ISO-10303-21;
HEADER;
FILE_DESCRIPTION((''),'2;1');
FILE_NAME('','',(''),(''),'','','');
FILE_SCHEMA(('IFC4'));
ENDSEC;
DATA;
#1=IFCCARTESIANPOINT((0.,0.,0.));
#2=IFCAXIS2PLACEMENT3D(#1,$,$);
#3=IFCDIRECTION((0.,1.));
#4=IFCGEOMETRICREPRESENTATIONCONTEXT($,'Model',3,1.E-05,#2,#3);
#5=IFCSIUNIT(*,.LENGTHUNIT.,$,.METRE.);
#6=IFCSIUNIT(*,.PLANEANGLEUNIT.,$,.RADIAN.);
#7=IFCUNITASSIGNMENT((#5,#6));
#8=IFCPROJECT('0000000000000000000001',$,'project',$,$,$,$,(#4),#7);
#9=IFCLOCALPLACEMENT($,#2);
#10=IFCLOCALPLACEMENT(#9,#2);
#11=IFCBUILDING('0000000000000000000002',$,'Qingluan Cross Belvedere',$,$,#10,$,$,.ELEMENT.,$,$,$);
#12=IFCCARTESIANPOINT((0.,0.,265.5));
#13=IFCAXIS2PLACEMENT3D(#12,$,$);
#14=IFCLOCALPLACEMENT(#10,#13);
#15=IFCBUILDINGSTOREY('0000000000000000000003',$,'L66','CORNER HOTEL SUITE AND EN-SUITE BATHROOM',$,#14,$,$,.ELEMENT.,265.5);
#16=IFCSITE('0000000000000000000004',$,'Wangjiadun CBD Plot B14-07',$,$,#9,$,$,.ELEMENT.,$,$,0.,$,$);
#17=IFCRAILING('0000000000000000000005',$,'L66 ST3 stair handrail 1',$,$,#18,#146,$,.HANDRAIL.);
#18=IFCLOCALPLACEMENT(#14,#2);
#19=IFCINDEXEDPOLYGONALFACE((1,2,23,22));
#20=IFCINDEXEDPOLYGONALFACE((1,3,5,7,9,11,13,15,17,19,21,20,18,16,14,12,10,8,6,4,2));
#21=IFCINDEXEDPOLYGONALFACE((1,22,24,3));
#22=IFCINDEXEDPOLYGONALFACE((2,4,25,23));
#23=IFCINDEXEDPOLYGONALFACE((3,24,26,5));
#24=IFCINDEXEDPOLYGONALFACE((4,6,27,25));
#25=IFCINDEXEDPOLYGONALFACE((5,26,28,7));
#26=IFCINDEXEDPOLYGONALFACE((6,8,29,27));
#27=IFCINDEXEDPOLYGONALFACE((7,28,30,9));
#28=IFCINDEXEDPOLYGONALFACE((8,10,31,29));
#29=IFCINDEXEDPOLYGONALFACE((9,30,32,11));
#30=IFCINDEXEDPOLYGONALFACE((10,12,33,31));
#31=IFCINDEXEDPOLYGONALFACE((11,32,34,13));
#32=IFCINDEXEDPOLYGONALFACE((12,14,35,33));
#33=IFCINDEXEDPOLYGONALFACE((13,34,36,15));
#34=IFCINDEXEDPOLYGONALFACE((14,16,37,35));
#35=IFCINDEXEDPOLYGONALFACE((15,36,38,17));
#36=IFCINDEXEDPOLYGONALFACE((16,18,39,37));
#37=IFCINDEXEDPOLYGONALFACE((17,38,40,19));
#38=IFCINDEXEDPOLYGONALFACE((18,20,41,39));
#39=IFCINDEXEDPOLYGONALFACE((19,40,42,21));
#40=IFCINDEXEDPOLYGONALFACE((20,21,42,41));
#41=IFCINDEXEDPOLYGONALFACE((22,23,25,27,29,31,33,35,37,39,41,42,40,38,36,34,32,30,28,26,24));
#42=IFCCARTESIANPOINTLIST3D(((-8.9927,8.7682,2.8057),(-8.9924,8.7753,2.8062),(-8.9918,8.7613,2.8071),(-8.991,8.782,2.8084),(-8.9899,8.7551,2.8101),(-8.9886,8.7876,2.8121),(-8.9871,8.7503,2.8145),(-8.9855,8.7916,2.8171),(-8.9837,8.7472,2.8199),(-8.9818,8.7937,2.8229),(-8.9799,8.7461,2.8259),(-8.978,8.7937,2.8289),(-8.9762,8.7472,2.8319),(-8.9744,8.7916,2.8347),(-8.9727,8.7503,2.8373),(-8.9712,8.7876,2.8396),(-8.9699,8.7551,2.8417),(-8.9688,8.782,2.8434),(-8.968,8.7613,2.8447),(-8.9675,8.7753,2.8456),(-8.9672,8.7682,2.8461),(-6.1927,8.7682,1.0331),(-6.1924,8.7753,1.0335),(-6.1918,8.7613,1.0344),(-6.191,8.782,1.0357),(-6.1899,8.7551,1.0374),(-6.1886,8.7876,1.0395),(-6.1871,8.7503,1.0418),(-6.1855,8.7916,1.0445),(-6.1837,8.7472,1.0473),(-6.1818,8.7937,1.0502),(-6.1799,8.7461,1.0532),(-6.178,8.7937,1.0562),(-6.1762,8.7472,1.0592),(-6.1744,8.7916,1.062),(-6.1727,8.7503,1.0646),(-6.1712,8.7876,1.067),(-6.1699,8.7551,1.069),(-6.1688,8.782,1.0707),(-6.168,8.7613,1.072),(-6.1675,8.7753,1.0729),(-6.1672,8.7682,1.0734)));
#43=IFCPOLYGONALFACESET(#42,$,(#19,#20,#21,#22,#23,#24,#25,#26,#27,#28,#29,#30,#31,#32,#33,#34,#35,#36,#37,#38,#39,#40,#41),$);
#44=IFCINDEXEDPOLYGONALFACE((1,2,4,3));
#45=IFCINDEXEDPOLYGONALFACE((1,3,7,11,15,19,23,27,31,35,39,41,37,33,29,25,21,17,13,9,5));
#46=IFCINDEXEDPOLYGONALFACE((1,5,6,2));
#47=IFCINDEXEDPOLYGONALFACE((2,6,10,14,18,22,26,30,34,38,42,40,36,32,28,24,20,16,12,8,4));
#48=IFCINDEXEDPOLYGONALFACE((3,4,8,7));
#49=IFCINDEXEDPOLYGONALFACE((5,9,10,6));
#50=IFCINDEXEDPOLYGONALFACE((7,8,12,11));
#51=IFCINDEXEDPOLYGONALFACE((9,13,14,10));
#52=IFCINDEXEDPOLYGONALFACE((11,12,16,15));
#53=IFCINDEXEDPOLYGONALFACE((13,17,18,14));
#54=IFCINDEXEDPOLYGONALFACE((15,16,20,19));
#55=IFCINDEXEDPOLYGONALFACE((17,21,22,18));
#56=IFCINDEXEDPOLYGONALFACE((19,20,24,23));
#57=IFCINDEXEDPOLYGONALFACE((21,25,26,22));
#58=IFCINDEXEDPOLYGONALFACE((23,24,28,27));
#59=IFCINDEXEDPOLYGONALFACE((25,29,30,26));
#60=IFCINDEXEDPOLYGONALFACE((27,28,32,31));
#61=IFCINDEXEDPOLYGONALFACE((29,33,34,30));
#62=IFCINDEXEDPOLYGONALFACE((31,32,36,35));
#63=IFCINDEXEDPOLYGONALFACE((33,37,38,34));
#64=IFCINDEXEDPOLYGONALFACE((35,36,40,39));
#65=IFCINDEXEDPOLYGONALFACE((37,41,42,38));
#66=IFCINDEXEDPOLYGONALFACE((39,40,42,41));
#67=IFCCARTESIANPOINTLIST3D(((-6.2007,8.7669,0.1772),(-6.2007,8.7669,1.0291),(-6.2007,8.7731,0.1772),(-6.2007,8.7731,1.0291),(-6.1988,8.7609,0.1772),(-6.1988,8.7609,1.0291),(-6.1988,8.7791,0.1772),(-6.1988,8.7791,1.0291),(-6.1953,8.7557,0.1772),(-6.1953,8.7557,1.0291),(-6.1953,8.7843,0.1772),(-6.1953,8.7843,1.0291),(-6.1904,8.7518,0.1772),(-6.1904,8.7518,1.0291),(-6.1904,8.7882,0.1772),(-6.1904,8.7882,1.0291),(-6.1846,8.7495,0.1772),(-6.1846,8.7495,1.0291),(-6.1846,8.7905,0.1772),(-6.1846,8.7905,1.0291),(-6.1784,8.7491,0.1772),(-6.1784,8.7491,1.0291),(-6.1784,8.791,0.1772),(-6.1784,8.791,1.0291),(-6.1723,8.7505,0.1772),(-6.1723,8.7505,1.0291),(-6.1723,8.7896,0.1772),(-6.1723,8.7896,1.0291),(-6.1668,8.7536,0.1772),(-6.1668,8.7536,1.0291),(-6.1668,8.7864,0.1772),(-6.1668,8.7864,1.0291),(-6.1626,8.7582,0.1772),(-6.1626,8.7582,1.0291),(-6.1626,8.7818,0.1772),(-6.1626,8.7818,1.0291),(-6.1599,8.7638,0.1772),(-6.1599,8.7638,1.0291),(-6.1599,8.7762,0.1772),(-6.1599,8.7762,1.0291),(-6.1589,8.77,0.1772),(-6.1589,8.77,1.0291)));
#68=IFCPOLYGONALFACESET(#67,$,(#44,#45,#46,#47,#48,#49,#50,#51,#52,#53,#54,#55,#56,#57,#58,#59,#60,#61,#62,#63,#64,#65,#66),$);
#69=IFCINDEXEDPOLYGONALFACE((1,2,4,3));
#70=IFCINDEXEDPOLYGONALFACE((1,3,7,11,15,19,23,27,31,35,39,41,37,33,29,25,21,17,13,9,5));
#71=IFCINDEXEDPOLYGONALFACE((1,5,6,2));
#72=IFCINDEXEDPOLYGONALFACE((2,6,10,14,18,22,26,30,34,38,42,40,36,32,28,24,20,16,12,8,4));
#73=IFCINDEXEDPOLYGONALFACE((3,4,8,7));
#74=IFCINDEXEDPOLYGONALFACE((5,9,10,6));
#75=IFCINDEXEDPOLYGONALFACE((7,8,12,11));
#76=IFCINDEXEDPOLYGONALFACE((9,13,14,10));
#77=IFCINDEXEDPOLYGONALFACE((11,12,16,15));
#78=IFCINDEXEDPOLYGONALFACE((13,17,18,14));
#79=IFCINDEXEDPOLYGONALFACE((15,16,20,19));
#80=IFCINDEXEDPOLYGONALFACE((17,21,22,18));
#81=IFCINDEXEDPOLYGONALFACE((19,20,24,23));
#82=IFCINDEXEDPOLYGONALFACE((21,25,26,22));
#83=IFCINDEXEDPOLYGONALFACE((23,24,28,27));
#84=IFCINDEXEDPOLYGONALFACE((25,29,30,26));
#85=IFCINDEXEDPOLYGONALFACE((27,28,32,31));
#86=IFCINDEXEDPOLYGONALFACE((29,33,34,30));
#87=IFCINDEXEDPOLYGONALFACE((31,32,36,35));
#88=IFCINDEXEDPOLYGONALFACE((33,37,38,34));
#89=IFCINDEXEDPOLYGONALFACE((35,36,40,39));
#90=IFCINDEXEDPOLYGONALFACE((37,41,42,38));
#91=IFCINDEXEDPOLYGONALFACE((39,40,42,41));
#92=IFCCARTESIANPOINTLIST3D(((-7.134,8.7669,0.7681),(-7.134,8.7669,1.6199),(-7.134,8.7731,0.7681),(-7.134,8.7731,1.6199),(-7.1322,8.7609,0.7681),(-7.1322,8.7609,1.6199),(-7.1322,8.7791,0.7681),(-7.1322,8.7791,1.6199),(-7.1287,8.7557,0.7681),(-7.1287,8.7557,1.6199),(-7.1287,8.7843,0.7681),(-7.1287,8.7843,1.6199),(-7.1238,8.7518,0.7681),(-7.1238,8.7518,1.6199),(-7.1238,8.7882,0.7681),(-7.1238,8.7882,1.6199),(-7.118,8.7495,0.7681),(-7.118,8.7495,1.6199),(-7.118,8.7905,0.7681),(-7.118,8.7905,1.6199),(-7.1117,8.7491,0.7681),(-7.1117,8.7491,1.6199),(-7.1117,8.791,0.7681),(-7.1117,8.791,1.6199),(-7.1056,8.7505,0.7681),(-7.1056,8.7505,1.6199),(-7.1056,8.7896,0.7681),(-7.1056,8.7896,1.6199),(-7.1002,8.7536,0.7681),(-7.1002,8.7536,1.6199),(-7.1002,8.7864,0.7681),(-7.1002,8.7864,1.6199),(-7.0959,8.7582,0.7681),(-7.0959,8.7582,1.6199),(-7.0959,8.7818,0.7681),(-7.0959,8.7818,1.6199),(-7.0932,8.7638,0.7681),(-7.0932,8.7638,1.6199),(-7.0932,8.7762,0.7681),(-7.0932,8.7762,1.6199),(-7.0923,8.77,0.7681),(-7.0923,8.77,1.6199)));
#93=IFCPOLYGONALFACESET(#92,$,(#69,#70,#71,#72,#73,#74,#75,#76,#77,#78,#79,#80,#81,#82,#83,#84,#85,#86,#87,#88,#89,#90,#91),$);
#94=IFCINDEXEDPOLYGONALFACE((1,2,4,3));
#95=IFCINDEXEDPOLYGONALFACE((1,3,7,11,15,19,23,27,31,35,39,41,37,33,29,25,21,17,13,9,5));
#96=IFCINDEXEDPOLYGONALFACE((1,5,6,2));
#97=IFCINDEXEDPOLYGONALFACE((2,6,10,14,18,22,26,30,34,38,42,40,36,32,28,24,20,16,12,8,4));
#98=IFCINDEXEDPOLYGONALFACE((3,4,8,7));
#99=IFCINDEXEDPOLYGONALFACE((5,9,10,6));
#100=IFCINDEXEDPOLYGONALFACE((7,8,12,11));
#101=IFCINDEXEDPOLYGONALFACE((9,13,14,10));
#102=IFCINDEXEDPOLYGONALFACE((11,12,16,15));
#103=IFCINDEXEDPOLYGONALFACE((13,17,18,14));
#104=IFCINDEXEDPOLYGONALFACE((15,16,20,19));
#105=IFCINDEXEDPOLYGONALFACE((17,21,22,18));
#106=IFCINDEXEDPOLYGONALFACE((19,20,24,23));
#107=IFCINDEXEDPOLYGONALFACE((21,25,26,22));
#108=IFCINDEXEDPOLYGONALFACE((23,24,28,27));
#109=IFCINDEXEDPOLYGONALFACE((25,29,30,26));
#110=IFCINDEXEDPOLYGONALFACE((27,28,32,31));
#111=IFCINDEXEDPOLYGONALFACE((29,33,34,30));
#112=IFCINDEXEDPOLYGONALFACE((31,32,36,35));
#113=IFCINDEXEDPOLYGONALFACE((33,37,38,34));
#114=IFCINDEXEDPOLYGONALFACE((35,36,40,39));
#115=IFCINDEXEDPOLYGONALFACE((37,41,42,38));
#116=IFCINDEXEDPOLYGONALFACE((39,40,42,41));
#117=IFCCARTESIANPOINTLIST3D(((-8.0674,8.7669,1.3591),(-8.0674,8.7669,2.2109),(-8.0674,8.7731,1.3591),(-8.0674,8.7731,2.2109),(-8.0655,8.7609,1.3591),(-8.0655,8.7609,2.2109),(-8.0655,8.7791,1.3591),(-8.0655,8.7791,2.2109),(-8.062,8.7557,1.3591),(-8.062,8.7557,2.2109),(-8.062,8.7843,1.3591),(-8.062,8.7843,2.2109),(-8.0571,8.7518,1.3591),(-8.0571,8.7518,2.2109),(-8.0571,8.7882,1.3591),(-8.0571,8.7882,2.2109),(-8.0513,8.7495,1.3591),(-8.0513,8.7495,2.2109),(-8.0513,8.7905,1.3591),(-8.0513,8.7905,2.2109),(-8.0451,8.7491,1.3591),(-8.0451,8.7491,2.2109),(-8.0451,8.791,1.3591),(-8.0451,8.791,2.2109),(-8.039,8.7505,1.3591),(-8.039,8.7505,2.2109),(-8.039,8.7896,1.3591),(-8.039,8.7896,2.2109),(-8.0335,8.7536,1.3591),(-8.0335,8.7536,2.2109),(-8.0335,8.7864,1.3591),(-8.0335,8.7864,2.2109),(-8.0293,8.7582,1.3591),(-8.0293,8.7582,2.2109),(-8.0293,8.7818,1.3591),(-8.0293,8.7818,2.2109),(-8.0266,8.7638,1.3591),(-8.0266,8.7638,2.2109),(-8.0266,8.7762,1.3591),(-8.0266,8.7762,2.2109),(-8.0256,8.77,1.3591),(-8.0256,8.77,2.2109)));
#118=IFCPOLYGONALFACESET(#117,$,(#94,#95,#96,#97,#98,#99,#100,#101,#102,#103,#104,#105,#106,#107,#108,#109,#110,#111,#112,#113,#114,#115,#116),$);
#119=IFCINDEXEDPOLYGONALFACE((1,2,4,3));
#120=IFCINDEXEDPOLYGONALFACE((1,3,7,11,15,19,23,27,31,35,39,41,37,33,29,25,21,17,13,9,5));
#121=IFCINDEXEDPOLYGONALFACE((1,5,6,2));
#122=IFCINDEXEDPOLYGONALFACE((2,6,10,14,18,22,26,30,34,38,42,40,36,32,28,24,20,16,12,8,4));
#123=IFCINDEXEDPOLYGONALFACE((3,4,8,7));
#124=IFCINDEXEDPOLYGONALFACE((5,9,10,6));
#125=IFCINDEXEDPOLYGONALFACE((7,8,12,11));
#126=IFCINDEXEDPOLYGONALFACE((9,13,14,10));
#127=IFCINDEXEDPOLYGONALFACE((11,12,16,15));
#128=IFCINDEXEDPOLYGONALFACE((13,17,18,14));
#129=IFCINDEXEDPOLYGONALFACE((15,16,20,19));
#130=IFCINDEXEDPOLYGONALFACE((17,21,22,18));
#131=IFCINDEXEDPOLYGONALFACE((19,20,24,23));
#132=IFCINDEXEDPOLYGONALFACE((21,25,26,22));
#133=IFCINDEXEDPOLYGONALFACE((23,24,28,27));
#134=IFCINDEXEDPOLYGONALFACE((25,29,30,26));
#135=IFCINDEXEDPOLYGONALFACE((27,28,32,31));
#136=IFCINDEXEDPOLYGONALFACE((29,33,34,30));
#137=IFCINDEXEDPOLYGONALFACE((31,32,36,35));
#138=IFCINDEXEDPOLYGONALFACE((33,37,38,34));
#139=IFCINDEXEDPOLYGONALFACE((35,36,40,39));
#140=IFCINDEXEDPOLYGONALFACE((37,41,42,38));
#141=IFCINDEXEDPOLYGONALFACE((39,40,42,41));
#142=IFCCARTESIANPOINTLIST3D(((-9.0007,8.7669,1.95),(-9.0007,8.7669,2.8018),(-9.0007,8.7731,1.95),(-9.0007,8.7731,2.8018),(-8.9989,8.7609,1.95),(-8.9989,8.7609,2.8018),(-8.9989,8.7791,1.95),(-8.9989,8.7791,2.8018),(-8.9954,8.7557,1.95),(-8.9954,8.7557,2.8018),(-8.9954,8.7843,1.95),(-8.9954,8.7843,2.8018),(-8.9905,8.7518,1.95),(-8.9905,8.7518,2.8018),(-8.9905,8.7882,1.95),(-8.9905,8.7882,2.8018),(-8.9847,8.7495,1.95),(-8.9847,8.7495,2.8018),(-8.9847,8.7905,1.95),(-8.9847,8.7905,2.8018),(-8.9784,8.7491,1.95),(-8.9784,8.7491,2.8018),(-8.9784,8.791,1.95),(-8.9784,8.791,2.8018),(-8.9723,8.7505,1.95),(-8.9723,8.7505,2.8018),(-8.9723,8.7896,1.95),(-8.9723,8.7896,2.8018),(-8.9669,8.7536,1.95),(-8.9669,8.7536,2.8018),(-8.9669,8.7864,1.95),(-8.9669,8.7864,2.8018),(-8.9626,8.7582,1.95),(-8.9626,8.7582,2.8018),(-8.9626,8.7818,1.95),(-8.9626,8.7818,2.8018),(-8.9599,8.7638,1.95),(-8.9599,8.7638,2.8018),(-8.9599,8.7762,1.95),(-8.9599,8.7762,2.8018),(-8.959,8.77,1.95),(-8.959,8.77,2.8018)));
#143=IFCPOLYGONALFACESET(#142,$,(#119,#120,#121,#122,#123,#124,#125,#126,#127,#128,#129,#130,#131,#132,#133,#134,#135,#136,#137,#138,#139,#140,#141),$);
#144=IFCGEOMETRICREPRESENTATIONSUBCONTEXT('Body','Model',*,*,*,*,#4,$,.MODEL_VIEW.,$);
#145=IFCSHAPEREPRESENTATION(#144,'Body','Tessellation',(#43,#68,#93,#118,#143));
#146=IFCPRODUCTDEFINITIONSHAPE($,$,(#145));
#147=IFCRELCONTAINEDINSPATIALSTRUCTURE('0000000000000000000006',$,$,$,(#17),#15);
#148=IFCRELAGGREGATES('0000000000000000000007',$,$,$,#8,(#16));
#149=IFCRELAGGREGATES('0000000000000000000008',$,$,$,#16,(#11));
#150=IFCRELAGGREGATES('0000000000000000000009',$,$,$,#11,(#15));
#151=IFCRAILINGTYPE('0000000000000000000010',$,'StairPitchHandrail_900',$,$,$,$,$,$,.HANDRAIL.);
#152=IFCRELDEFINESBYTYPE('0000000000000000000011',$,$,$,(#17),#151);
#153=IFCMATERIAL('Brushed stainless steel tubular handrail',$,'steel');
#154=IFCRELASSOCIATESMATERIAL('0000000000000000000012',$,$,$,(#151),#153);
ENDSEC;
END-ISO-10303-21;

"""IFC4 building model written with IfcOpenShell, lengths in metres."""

from ifc_helpers import new_model, si_unit, direction, frame, origin, origin_2d, place, context, subcontext, project, spatial, circle, extrude, material, type_object, element, save


model = new_model("IFC4")

# Units and contexts
model_context = context("Model", 3, precision=1e-05, world=origin(), true_north=direction((0.0, 1.0)))
body_context = subcontext(model_context, "Body", "Model", "MODEL_VIEW")
ifc_project = project(units=[si_unit("LENGTHUNIT", "METRE"), si_unit("PLANEANGLEUNIT", "RADIAN")], contexts=[model_context])

# Site, building, storey
site_placement = place(None, origin())
site = spatial("IfcSite", under=ifc_project, at=site_placement, Name="Wangjiadun CBD Plot B14-07", CompositionType="ELEMENT", RefElevation=0.0)
building_placement = place(site_placement, origin())
building = spatial("IfcBuilding", under=site, at=building_placement, Name="Qingluan Cross Belvedere", CompositionType="ELEMENT")
storey_placement = place(building_placement, frame((0.0, 0.0, 265.5)))
storey = spatial("IfcBuildingStorey", under=building, at=storey_placement, Name="L66", Description="CORNER HOTEL SUITE AND EN-SUITE BATHROOM", CompositionType="ELEMENT", Elevation=265.5)

# Railing
ifc_material_1 = material(Name="Brushed stainless steel tubular handrail", Category="steel")
railing_type_1 = type_object("IfcRailingType", Name="StairPitchHandrail_900", PredefinedType="HANDRAIL", material=ifc_material_1)
railing_1_placement = place(storey_placement, frame((-6.1799, 8.77, 0.1772)))
element("IfcRailing", 1, at=railing_1_placement, inside=storey, type_object=railing_type_1, Name="L66 ST3 stair handrail 1", PredefinedType="HANDRAIL", context=body_context, shape_type="SweptSolid", body=[
    extrude(circle(Radius=0.0239, at=origin_2d()), frame((0.0, 0.0, 0.876), z_axis=(-0.844909, 0.0, 0.53491), x_axis=(0.0, -1.0, 0.0)), (0.0, 0.0, 1.0), 3.314),
    extrude(circle(Radius=0.021, at=origin_2d()), origin(), (0.0, 0.0, 1.0), 0.8518),
    extrude(circle(Radius=0.021, at=origin_2d()), frame((-0.9333, 0.0, 0.5908)), (0.0, 0.0, 1.0), 0.8518),
    extrude(circle(Radius=0.021, at=origin_2d()), frame((-1.8667, 0.0, 1.1819)), (0.0, 0.0, 1.0), 0.8518),
    extrude(circle(Radius=0.021, at=origin_2d()), frame((-2.8, 0.0, 1.7727)), (0.0, 0.0, 1.0), 0.8518),
])

save(model, "model.ifc")
